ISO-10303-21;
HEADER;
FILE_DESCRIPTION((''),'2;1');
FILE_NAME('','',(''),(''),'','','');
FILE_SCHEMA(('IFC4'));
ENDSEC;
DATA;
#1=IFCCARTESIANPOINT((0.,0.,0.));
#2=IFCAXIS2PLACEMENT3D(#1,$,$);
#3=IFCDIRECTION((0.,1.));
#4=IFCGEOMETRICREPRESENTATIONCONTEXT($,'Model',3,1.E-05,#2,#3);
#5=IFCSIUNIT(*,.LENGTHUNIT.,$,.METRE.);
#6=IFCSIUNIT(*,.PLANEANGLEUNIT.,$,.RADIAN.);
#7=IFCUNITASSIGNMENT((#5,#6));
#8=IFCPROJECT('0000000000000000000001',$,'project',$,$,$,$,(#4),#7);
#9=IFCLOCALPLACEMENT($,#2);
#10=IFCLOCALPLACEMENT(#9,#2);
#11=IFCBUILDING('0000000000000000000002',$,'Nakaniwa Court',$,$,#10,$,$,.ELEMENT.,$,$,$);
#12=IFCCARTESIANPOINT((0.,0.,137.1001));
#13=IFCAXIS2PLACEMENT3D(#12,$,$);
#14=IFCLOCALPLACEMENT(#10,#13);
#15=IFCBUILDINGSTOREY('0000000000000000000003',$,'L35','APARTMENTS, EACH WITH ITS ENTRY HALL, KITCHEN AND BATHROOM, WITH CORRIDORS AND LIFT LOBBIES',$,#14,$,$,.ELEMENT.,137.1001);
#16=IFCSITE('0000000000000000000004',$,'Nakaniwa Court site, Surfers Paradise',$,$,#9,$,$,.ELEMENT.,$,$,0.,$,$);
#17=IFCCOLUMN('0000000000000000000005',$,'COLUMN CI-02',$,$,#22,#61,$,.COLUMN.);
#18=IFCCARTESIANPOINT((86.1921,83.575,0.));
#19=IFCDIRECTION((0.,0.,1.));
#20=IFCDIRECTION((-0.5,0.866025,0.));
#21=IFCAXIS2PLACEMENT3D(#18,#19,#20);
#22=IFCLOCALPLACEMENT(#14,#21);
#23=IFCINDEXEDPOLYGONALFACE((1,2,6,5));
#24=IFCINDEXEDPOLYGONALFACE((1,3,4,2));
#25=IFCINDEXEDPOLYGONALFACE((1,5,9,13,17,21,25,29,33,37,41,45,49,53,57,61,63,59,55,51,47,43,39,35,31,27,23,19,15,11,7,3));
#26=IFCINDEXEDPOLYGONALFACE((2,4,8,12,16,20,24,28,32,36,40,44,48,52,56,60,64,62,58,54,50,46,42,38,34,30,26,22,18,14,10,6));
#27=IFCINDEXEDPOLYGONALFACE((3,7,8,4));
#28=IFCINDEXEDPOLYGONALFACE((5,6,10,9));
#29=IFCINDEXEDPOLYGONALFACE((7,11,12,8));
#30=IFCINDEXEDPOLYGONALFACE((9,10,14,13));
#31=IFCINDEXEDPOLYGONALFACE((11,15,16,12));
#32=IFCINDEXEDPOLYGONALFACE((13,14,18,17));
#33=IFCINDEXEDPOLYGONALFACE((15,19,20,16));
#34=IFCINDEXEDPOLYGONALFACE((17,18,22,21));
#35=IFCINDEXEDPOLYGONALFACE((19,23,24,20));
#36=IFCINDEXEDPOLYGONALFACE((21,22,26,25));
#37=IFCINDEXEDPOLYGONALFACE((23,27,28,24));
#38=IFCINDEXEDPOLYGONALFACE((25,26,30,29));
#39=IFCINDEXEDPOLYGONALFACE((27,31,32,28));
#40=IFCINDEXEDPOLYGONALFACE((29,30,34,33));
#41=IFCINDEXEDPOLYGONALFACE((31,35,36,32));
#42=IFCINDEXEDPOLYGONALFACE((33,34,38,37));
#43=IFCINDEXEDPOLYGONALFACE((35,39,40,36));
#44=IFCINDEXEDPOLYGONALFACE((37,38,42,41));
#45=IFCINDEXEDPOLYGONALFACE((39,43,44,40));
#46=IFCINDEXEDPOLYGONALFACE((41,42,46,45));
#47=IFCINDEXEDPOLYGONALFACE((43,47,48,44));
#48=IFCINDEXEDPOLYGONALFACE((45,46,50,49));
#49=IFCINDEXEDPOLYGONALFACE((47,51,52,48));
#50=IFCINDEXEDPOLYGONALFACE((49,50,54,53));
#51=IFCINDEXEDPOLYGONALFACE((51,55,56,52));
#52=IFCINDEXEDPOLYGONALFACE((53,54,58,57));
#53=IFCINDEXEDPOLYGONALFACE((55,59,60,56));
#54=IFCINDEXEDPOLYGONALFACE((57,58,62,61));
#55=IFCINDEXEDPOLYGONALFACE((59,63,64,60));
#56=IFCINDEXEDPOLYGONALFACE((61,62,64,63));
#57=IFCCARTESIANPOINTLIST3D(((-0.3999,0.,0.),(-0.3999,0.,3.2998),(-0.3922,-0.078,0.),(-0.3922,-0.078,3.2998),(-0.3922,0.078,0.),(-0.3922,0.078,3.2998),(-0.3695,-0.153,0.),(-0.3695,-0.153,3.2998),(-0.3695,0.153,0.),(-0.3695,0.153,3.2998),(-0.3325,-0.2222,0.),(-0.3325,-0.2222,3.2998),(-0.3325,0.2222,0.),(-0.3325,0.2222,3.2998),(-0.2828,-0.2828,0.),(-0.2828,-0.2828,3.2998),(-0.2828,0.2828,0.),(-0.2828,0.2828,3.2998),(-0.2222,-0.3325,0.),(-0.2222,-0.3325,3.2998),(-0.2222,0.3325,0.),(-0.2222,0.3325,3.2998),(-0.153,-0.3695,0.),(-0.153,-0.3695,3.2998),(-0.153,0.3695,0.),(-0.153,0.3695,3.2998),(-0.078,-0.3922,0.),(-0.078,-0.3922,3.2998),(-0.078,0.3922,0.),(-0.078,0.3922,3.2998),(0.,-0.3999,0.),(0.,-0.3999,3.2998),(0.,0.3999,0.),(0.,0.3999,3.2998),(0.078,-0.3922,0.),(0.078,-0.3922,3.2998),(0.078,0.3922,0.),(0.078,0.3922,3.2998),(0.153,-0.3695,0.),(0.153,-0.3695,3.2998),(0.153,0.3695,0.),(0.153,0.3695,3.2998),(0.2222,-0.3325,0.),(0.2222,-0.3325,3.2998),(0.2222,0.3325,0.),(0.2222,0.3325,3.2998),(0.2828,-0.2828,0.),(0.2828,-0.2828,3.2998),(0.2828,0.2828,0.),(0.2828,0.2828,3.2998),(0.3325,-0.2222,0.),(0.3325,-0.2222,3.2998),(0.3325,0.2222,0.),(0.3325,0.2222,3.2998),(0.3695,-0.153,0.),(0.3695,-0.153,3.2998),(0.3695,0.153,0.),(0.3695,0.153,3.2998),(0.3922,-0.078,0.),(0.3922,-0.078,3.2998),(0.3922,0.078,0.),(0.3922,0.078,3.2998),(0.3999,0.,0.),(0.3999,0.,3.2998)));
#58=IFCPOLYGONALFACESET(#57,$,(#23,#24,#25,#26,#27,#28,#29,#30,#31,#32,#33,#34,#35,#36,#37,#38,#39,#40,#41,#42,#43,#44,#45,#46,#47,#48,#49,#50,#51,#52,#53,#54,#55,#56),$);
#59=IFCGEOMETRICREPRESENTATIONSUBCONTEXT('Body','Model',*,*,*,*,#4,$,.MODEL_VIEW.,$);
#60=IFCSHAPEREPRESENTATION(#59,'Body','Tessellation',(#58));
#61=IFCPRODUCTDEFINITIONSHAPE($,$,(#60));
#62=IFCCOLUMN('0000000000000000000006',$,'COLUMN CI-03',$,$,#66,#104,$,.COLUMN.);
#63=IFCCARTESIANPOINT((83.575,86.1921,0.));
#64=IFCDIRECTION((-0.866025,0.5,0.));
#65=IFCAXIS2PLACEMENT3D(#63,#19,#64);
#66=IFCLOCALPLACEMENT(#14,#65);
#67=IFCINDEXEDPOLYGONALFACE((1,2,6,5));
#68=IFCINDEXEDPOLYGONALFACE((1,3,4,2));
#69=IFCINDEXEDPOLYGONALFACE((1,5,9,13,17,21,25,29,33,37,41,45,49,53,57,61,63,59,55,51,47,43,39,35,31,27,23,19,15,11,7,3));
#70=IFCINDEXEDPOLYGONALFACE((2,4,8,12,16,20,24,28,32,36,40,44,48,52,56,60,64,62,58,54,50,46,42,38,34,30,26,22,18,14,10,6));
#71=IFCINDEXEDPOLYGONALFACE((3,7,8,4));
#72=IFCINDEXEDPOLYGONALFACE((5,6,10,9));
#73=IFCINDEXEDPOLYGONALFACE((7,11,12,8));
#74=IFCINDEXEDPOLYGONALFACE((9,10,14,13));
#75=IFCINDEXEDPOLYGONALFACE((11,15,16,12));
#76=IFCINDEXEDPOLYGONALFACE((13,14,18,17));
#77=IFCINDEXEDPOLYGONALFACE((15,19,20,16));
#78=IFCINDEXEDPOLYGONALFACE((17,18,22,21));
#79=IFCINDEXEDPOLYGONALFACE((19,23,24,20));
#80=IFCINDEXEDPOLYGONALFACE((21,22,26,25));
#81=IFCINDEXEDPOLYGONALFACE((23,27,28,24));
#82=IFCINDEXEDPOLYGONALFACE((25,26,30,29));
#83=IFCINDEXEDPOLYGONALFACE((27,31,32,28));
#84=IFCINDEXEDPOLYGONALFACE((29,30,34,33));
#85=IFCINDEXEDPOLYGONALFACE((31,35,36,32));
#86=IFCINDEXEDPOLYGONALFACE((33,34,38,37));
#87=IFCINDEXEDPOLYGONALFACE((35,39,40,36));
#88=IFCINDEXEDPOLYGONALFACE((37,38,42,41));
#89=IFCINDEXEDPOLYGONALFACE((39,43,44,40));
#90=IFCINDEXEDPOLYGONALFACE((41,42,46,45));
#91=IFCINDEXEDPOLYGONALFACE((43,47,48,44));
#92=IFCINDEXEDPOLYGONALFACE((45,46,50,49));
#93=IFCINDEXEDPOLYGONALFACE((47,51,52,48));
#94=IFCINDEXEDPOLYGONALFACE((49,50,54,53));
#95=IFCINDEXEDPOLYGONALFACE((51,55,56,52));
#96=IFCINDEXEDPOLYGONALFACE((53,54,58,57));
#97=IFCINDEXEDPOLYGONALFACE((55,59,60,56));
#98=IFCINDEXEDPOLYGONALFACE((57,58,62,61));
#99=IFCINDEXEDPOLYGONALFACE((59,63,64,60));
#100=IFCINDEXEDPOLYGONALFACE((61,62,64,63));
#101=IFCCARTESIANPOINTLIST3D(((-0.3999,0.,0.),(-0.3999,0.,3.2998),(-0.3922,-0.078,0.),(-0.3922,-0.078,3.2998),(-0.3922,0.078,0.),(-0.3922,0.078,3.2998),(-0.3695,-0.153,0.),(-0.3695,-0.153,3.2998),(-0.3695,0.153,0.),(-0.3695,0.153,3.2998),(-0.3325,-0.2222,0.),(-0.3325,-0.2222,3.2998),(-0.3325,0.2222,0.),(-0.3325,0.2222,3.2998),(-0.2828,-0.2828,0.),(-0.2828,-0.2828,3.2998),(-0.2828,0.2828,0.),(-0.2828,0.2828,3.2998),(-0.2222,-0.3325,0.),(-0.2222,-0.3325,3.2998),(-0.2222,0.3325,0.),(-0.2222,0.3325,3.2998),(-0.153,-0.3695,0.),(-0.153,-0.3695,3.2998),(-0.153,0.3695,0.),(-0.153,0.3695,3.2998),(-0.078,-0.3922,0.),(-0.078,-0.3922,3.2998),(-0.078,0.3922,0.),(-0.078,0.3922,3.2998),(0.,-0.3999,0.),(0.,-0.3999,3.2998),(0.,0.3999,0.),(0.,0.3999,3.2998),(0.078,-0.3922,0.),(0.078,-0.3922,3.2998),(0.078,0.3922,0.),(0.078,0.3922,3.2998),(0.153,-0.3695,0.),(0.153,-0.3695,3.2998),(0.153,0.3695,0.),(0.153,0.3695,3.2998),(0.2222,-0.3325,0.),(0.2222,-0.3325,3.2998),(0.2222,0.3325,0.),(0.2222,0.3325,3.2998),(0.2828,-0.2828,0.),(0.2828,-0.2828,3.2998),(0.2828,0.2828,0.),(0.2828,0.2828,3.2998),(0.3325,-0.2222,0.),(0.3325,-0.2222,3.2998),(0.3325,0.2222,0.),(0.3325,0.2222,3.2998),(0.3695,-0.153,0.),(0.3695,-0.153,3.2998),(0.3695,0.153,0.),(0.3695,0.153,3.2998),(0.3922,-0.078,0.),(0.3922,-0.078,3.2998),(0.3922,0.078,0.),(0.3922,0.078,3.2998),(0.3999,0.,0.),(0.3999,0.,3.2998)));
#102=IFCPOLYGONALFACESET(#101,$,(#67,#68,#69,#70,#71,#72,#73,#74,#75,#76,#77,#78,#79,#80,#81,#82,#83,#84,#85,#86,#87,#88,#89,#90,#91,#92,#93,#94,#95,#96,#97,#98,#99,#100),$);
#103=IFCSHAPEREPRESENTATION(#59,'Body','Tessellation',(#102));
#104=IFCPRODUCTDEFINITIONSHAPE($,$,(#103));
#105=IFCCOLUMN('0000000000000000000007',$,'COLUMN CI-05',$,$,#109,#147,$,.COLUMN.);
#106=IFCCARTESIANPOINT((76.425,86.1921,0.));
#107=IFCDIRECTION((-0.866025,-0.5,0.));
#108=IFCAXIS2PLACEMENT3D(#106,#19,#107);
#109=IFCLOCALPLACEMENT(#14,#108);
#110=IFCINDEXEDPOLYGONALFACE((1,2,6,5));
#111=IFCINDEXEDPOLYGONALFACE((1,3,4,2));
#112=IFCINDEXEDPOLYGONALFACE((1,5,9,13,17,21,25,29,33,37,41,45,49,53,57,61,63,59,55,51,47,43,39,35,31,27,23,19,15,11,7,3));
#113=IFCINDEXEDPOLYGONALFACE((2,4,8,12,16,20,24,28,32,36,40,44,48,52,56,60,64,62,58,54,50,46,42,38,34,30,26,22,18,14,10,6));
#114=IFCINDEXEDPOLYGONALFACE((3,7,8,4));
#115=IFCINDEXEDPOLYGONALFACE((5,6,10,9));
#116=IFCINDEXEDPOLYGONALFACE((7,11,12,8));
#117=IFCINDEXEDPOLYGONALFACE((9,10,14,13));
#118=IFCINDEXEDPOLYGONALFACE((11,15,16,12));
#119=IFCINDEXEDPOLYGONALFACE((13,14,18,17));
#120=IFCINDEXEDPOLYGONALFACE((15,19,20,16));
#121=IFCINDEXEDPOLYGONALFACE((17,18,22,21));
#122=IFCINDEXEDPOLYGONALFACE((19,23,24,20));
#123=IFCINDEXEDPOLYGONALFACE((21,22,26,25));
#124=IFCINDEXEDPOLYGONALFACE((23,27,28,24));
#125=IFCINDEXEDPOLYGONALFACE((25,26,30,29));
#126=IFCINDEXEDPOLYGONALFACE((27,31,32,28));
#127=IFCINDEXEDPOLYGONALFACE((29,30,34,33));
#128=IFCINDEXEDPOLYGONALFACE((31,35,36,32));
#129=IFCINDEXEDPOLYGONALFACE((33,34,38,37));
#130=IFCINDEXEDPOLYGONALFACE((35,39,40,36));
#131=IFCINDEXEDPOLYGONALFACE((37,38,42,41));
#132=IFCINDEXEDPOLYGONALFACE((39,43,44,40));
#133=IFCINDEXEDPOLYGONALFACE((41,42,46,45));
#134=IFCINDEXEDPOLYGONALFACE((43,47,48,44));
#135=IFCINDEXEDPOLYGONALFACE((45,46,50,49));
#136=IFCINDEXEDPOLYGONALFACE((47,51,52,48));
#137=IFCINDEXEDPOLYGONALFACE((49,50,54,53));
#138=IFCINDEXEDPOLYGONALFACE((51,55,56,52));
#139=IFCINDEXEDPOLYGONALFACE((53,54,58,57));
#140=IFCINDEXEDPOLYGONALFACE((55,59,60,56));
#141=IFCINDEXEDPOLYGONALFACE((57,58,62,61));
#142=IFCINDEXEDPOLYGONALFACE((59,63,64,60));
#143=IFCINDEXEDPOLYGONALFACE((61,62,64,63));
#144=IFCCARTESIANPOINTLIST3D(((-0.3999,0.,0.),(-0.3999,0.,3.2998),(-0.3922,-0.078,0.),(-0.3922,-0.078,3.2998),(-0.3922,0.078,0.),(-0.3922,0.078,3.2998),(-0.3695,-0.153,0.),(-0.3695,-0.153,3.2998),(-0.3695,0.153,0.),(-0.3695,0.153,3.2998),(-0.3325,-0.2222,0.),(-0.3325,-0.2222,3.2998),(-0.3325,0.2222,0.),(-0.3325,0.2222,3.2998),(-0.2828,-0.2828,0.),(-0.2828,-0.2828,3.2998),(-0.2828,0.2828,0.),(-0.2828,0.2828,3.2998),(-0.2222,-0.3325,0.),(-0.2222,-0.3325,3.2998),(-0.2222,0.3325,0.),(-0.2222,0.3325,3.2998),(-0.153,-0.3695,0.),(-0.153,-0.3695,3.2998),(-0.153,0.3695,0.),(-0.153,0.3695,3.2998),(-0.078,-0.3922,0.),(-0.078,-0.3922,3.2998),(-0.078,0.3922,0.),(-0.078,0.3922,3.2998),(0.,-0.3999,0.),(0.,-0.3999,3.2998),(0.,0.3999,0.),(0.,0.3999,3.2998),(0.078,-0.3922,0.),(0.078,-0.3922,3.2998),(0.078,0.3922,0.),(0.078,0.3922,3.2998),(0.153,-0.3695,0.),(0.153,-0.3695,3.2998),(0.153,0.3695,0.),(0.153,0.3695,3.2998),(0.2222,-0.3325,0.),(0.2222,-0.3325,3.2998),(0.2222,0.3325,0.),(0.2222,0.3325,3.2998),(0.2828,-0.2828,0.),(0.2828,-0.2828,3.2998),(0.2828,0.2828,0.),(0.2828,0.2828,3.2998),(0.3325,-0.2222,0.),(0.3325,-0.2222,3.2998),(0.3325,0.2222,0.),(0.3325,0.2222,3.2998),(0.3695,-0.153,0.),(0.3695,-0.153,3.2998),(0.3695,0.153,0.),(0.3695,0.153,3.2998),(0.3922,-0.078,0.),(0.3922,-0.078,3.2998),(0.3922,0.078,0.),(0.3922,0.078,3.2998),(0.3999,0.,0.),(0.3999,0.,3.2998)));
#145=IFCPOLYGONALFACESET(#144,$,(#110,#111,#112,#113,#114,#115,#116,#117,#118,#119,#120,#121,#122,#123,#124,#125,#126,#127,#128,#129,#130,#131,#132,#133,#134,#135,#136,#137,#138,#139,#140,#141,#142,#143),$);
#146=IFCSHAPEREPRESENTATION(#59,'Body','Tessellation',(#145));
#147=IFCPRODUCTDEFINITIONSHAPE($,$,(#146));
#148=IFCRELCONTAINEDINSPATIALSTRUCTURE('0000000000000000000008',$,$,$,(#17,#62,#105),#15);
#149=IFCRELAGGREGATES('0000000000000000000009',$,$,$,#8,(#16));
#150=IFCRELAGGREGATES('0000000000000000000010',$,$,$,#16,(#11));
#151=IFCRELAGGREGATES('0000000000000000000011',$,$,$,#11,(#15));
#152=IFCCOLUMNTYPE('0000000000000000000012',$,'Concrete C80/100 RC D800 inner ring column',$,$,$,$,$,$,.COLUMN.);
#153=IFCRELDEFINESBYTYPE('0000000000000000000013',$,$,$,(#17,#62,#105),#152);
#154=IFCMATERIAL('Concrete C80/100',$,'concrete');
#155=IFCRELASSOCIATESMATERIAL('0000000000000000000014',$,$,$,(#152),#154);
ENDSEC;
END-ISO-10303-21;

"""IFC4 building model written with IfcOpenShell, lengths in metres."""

from ifc_helpers import new_model, si_unit, direction, frame, origin, origin_2d, place, context, subcontext, project, spatial, circle, extrude, material, material_profile, profile_set, type_object, element, save


model = new_model("IFC4")

# Units and contexts
model_context = context("Model", 3, precision=1e-05, world=origin(), true_north=direction((0.0, 1.0)))
body_context = subcontext(model_context, "Body", "Model", "MODEL_VIEW")
ifc_project = project(units=[si_unit("LENGTHUNIT", "METRE"), si_unit("PLANEANGLEUNIT", "RADIAN")], contexts=[model_context])

# Site, building, storey
site_placement = place(None, origin())
site = spatial("IfcSite", under=ifc_project, at=site_placement, Name="Nakaniwa Court site, Surfers Paradise", CompositionType="ELEMENT", RefElevation=0.0)
building_placement = place(site_placement, origin())
building = spatial("IfcBuilding", under=site, at=building_placement, Name="Nakaniwa Court", CompositionType="ELEMENT")
storey_placement = place(building_placement, frame((0.0, 0.0, 137.1001)))
storey = spatial("IfcBuildingStorey", under=building, at=storey_placement, Name="L35", Description="APARTMENTS, EACH WITH ITS ENTRY HALL, KITCHEN AND BATHROOM, WITH CORRIDORS AND LIFT LOBBIES", CompositionType="ELEMENT", Elevation=137.1001)

# Columns
ifc_material_1 = material(Name="Concrete C80/100", Category="concrete")
ifc_material_profile_1 = material_profile(ifc_material_1, circle(Radius=0.3999, at=origin_2d()), Name="Concrete C80/100 RC D800 inner ring column")
ifc_profile_set_1 = profile_set([ifc_material_profile_1], Name="Concrete C80/100")
column_type = type_object("IfcColumnType", Name="Concrete C80/100 RC D800 inner ring column", PredefinedType="COLUMN", material=ifc_profile_set_1)
for number, where, z_axis, x_axis, name in (
    (1, (86.1921, 83.575, 0.0), (0.0, 0.0, 1.0), (-0.5, 0.866025, 0.0), "COLUMN CI-02"),
    (2, (83.575, 86.1921, 0.0), (0.0, 0.0, 1.0), (-0.866025, 0.5, 0.0), "COLUMN CI-03"),
    (3, (76.425, 86.1921, 0.0), (0.0, 0.0, 1.0), (-0.866025, -0.5, 0.0), "COLUMN CI-05"),
):
    element("IfcColumn", number, at=place(storey_placement, frame(where, z_axis=z_axis, x_axis=x_axis)), inside=storey, type_object=column_type, Name=name, PredefinedType="COLUMN", context=body_context, shape_type="SweptSolid", body=[
        extrude(circle(Radius=0.3999, at=origin_2d()), origin(), (0.0, 0.0, 1.0), 3.2998),
    ])

save(model, "model.ifc")
